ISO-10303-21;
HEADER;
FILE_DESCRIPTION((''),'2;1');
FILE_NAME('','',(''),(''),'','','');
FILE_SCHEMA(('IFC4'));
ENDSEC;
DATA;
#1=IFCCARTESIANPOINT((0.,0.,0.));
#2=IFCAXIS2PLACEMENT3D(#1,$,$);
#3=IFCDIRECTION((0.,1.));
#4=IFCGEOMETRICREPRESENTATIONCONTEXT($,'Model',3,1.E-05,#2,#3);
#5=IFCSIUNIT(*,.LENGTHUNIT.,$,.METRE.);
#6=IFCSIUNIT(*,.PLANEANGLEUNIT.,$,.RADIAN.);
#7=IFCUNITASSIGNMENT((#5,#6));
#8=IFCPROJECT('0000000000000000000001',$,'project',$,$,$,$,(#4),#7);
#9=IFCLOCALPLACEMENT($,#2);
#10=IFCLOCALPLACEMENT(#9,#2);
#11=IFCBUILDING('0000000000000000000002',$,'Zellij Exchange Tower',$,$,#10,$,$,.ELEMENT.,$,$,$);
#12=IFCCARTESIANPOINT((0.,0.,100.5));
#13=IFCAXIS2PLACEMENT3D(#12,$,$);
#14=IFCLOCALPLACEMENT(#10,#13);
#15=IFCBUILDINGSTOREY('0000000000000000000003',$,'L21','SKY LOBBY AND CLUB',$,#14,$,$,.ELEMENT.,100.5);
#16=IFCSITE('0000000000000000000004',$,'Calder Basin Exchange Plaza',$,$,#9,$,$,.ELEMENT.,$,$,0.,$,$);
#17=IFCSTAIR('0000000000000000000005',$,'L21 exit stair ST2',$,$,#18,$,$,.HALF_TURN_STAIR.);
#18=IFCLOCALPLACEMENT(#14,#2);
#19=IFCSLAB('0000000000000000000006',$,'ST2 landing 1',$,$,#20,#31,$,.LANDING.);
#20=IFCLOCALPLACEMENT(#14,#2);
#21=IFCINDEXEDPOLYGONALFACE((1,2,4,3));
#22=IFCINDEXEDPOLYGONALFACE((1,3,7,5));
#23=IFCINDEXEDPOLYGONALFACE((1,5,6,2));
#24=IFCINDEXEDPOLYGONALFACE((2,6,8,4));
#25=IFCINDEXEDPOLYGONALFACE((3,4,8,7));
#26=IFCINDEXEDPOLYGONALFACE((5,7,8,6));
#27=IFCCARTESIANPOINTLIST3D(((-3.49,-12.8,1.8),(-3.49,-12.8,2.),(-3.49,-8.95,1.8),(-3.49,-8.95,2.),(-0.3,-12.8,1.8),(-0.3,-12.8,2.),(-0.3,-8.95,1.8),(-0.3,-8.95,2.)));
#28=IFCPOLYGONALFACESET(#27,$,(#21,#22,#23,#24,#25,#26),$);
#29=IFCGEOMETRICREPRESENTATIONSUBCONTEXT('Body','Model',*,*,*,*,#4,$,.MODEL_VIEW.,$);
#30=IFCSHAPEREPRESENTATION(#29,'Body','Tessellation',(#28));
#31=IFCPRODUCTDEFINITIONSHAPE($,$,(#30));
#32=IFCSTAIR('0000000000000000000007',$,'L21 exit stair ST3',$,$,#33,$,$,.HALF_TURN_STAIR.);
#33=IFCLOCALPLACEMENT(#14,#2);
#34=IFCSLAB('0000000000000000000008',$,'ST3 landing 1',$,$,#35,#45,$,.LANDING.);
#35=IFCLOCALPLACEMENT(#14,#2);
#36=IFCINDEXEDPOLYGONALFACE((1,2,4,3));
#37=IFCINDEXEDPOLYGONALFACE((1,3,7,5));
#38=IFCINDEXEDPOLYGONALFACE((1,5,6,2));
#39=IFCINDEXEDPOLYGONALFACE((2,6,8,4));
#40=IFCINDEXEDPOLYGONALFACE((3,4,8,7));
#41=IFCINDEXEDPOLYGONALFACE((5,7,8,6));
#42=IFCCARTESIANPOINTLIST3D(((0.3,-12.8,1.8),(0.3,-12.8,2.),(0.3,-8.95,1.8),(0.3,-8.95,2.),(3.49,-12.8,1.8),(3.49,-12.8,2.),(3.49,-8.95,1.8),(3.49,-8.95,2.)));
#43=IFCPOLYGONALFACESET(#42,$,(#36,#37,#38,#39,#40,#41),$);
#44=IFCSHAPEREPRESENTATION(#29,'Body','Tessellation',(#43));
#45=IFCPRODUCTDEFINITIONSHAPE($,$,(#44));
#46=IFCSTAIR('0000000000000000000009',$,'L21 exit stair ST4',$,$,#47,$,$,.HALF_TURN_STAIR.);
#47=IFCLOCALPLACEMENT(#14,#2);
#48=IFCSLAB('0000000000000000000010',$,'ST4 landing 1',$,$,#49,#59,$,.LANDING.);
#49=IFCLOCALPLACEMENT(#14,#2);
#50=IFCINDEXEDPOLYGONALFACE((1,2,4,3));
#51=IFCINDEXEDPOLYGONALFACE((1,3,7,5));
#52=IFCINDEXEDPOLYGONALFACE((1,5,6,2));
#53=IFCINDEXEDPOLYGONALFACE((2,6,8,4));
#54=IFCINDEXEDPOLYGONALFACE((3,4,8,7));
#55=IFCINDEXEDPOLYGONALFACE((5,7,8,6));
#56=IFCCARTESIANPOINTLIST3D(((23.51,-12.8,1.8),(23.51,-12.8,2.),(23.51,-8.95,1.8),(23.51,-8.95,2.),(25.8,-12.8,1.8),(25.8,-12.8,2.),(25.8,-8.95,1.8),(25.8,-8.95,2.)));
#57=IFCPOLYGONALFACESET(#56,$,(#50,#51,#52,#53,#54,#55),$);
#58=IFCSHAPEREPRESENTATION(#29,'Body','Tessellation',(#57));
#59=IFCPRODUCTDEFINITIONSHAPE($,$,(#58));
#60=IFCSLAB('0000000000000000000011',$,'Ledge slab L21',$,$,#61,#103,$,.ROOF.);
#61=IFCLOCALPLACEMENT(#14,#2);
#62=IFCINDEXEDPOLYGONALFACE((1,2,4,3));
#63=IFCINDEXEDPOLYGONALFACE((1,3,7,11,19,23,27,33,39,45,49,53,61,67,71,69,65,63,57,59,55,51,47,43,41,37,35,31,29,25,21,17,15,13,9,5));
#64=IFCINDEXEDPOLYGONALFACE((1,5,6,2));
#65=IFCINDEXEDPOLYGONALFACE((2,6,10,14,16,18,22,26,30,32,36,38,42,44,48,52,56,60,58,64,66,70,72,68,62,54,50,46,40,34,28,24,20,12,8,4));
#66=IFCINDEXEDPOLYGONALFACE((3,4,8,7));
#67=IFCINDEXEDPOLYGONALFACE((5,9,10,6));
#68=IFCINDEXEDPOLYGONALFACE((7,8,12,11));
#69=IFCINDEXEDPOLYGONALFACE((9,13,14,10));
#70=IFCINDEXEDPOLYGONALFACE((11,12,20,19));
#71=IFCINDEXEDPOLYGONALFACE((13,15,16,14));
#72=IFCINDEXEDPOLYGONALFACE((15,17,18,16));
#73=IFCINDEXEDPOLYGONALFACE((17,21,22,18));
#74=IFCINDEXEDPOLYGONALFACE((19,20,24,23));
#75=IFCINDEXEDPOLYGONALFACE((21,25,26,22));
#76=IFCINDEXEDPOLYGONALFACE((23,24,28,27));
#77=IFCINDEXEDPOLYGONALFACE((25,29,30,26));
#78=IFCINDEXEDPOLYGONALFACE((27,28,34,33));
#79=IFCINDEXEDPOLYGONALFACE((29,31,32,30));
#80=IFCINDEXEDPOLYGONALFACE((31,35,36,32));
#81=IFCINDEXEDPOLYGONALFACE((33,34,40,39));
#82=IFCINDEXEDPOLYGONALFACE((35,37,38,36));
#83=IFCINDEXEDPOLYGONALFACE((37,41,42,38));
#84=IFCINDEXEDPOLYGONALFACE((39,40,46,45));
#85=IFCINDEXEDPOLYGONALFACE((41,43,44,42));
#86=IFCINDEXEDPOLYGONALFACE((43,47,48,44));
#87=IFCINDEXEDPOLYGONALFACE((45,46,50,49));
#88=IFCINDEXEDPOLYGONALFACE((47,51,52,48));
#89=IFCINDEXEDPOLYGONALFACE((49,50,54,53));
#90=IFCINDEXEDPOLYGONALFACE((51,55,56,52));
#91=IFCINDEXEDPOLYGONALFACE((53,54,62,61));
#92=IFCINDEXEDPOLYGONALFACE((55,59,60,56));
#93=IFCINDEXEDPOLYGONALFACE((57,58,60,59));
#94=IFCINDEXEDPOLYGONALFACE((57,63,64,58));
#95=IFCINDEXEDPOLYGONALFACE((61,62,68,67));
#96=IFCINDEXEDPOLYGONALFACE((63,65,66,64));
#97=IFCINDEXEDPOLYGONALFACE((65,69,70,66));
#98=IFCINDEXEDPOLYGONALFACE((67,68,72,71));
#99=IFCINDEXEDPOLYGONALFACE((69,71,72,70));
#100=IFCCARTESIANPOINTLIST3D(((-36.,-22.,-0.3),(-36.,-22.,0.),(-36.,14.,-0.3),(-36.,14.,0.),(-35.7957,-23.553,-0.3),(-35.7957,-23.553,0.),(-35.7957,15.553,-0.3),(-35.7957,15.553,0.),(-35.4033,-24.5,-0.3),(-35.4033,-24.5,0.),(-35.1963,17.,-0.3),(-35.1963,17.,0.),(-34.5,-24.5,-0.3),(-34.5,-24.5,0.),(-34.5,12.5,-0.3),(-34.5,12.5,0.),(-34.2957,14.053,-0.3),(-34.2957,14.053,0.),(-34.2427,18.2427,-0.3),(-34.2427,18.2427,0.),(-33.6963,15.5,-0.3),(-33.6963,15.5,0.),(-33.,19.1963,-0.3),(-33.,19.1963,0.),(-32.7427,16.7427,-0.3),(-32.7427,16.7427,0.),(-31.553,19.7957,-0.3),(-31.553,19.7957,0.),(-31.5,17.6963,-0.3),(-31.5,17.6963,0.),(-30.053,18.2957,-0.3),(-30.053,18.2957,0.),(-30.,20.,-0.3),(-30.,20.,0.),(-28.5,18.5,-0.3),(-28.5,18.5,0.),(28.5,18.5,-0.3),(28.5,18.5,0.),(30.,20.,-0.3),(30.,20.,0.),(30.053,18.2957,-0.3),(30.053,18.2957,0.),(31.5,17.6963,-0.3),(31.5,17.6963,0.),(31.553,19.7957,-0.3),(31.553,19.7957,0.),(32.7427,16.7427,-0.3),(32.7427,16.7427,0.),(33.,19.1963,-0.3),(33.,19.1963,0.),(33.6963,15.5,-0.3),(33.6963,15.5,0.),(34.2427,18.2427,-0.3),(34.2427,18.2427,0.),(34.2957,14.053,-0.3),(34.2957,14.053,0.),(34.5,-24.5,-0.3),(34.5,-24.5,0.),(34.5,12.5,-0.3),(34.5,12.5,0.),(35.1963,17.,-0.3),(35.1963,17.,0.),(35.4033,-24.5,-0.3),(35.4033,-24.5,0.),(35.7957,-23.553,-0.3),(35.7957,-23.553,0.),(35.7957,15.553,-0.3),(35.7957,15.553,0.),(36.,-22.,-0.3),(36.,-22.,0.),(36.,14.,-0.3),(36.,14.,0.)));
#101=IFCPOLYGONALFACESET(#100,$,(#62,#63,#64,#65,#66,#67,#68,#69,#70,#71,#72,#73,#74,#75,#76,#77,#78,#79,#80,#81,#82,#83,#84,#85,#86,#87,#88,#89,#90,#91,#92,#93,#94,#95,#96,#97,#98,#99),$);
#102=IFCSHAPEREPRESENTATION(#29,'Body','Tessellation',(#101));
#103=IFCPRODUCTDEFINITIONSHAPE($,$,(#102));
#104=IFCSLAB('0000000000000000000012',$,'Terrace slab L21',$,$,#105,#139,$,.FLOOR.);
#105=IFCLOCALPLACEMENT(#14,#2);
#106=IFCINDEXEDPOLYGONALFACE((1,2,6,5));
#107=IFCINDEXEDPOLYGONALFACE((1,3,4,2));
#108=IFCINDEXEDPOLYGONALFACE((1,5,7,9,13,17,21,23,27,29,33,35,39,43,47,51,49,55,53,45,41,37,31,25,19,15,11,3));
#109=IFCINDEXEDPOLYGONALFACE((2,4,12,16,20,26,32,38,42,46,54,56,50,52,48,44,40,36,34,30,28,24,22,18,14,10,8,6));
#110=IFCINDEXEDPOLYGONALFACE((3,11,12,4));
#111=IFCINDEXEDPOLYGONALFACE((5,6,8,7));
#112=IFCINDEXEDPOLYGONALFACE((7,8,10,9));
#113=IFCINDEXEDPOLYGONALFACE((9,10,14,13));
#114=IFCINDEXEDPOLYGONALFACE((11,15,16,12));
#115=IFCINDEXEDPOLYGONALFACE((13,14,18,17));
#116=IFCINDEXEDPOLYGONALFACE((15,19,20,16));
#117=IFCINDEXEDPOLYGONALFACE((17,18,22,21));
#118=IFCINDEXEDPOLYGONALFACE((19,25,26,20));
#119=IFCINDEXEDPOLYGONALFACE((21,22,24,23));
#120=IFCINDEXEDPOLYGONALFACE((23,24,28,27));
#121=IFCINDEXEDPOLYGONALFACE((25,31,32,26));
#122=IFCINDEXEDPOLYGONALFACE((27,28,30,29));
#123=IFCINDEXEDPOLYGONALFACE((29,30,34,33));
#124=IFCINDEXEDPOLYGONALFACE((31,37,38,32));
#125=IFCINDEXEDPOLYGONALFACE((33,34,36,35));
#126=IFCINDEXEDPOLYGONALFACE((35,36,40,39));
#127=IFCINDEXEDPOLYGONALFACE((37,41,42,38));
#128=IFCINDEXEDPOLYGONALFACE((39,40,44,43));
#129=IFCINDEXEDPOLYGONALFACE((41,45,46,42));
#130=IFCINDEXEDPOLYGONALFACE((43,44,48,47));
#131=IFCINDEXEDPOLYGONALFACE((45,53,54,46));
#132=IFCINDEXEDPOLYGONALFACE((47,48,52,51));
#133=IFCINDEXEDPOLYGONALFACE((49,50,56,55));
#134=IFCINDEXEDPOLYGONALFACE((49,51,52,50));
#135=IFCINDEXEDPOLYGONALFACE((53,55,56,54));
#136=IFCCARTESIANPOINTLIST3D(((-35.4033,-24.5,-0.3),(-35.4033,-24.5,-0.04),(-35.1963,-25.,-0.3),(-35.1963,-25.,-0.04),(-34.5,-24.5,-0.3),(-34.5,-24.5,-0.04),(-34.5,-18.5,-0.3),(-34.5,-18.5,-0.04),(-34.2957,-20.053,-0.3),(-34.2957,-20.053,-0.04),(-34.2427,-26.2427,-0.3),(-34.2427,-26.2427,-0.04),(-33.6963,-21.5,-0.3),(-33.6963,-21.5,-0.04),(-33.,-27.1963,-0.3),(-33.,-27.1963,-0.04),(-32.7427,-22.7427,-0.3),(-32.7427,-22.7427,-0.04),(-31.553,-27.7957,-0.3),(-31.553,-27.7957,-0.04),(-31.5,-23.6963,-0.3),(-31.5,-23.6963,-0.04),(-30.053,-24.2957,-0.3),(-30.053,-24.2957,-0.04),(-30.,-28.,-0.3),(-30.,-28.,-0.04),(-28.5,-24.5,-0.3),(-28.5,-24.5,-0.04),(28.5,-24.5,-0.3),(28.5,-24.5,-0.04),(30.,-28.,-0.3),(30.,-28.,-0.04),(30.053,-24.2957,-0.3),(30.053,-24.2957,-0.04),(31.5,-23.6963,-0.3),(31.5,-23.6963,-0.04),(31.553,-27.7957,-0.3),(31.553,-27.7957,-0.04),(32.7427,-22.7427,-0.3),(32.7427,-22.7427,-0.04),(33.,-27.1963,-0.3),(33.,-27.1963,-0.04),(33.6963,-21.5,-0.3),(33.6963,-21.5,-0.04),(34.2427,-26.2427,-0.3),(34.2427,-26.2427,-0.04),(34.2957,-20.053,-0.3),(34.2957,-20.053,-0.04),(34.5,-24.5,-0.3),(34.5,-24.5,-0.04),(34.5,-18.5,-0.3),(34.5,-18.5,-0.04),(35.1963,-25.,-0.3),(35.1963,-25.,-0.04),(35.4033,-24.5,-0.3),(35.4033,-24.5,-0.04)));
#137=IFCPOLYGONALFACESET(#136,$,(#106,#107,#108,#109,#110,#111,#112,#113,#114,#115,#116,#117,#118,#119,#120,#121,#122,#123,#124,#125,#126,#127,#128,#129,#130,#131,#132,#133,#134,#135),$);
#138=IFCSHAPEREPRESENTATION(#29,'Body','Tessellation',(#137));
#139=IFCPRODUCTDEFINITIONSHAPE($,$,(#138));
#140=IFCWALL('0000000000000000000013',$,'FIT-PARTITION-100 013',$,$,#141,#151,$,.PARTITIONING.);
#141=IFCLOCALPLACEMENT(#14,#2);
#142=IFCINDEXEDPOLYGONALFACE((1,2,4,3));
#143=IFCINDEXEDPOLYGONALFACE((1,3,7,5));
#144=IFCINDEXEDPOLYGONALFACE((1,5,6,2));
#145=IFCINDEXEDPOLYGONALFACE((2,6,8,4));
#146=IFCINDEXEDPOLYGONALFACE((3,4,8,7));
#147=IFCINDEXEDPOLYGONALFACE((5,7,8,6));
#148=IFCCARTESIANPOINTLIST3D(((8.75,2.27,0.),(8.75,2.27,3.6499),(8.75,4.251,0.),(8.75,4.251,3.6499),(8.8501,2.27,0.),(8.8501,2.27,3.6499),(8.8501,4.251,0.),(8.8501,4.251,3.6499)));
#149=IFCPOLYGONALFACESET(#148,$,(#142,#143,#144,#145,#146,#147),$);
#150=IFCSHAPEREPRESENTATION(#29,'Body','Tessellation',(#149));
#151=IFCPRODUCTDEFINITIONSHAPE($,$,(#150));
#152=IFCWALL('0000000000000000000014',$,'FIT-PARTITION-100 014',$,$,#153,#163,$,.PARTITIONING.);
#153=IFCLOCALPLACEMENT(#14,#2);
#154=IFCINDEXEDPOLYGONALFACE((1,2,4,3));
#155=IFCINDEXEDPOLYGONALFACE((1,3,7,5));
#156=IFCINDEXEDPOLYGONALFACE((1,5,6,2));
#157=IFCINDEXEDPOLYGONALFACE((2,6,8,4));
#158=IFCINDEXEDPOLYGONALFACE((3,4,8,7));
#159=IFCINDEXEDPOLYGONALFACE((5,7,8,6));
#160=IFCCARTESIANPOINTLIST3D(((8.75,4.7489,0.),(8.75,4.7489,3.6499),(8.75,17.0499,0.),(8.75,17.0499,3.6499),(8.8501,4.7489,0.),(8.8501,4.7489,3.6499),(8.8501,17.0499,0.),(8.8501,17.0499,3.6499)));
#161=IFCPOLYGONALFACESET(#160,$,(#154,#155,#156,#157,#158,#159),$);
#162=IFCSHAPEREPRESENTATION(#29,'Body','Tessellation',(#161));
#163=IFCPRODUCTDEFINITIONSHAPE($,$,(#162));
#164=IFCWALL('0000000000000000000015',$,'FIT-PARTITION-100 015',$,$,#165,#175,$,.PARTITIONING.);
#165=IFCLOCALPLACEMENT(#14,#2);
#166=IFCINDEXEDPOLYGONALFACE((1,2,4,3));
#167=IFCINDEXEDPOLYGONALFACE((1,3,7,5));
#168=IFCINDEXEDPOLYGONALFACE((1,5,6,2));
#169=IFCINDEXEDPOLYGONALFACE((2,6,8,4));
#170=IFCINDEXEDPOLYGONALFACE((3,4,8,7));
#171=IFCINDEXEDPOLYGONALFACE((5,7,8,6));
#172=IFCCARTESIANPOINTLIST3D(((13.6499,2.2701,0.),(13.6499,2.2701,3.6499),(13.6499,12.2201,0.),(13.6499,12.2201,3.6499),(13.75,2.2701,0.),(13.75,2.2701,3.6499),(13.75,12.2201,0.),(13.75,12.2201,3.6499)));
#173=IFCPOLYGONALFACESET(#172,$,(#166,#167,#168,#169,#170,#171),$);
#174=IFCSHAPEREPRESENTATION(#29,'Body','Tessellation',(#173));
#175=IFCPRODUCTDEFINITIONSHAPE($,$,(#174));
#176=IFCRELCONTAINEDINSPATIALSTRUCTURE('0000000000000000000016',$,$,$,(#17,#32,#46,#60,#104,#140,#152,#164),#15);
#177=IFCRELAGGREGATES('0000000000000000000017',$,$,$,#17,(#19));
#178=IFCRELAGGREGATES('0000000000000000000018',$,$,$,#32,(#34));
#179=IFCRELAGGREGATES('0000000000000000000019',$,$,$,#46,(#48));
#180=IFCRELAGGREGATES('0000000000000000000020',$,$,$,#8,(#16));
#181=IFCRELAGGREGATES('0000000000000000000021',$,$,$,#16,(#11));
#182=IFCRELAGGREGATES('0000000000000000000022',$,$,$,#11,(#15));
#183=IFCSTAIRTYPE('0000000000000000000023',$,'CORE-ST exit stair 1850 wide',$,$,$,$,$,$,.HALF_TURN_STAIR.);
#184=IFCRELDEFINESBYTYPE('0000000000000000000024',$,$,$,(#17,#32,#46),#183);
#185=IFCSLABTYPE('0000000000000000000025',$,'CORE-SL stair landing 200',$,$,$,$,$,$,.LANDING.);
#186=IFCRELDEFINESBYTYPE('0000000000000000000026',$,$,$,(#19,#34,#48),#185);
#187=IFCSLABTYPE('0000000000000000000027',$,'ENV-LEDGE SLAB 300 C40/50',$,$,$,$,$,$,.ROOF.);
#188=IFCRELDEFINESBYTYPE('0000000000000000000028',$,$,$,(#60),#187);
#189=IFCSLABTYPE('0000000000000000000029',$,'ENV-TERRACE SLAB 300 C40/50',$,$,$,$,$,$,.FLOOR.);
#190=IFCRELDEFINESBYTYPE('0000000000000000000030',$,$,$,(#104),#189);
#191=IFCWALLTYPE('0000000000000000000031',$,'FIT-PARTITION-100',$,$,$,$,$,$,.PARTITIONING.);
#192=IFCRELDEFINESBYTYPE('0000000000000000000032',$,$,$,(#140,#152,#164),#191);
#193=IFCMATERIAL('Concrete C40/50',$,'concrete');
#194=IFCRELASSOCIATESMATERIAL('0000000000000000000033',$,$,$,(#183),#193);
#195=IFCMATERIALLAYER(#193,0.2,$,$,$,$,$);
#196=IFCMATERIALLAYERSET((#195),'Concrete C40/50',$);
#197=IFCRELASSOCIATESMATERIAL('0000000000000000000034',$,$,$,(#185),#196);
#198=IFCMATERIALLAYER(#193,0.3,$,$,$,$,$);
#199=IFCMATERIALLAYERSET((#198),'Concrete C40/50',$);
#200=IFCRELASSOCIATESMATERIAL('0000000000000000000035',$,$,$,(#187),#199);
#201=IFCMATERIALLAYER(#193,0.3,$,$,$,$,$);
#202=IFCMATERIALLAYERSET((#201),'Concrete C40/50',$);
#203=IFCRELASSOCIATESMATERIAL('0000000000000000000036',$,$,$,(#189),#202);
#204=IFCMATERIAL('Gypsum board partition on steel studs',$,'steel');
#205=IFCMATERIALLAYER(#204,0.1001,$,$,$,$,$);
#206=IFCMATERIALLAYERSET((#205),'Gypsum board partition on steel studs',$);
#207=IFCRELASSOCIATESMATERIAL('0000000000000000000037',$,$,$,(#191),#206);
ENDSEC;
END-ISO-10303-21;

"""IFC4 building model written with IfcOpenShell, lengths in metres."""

from ifc_helpers import new_model, si_unit, direction, frame, frame_2d, origin, place, context, subcontext, project, spatial, polyline, rectangle, outline, extrude, material, layer, layer_set, type_object, element, aggregate, save


model = new_model("IFC4")

# Units and contexts
model_context = context("Model", 3, precision=1e-05, world=origin(), true_north=direction((0.0, 1.0)))
body_context = subcontext(model_context, "Body", "Model", "MODEL_VIEW")
ifc_project = project(units=[si_unit("LENGTHUNIT", "METRE"), si_unit("PLANEANGLEUNIT", "RADIAN")], contexts=[model_context])

# Site, building, storey
site_placement = place(None, origin())
site = spatial("IfcSite", under=ifc_project, at=site_placement, Name="Calder Basin Exchange Plaza", CompositionType="ELEMENT", RefElevation=0.0)
building_placement = place(site_placement, origin())
building = spatial("IfcBuilding", under=site, at=building_placement, Name="Zellij Exchange Tower", CompositionType="ELEMENT")
storey_placement = place(building_placement, frame((0.0, 0.0, 100.5)))
storey = spatial("IfcBuildingStorey", under=building, at=storey_placement, Name="L21", Description="SKY LOBBY AND CLUB", CompositionType="ELEMENT", Elevation=100.5)

# Stairs, slabs
ifc_material_1 = material(Name="Concrete C40/50", Category="concrete")
stair_type = type_object("IfcStairType", Name="CORE-ST exit stair 1850 wide", PredefinedType="HALF_TURN_STAIR", material=ifc_material_1)
ifc_layer_1 = layer(ifc_material_1, 0.2)
ifc_layer_set_1 = layer_set([ifc_layer_1], Name="Concrete C40/50")
slab_type_1 = type_object("IfcSlabType", Name="CORE-SL stair landing 200", PredefinedType="LANDING", material=ifc_layer_set_1)
stair_1_placement = place(storey_placement, origin())
stair_1 = element("IfcStair", 1, at=stair_1_placement, inside=storey, type_object=stair_type, Name="L21 exit stair ST2", PredefinedType="HALF_TURN_STAIR")
slab_1_placement = place(storey_placement, frame((0.0, 0.0, 1.8)))
slab_1 = element("IfcSlab", 2, at=slab_1_placement, type_object=slab_type_1, Name="ST2 landing 1", PredefinedType="LANDING", context=body_context, shape_type="SweptSolid", body=[
    extrude(outline(polyline([(-3.49, -12.8), (-0.3, -12.8), (-0.3, -8.95), (-3.49, -8.95), (-3.49, -12.8)])), origin(), (0.0, 0.0, 1.0), 0.2),
])
aggregate(stair_1, [slab_1])
stair_2_placement = place(storey_placement, origin())
stair_2 = element("IfcStair", 3, at=stair_2_placement, inside=storey, type_object=stair_type, Name="L21 exit stair ST3", PredefinedType="HALF_TURN_STAIR")
slab_2_placement = place(storey_placement, frame((0.0, 0.0, 1.8)))
slab_2 = element("IfcSlab", 4, at=slab_2_placement, type_object=slab_type_1, Name="ST3 landing 1", PredefinedType="LANDING", context=body_context, shape_type="SweptSolid", body=[
    extrude(outline(polyline([(3.49, -8.95), (0.3, -8.95), (0.3, -12.8), (3.49, -12.8), (3.49, -8.95)])), origin(), (0.0, 0.0, 1.0), 0.2),
])
aggregate(stair_2, [slab_2])
stair_3_placement = place(storey_placement, origin())
stair_3 = element("IfcStair", 5, at=stair_3_placement, inside=storey, type_object=stair_type, Name="L21 exit stair ST4", PredefinedType="HALF_TURN_STAIR")
slab_3_placement = place(storey_placement, frame((0.0, 0.0, 1.8)))
slab_3 = element("IfcSlab", 6, at=slab_3_placement, type_object=slab_type_1, Name="ST4 landing 1", PredefinedType="LANDING", context=body_context, shape_type="SweptSolid", body=[
    extrude(outline(polyline([(23.51, -12.8), (25.8, -12.8), (25.8, -8.95), (23.51, -8.95), (23.51, -12.8)])), origin(), (0.0, 0.0, 1.0), 0.2),
])
aggregate(stair_3, [slab_3])

# Slabs
ifc_layer_2 = layer(ifc_material_1, 0.3)
ifc_layer_set_2 = layer_set([ifc_layer_2], Name="Concrete C40/50")
slab_type_2 = type_object("IfcSlabType", Name="ENV-LEDGE SLAB 300 C40/50", PredefinedType="ROOF", material=ifc_layer_set_2)
slab_4_placement = place(storey_placement, frame((0.0, 0.0, -0.3)))
element("IfcSlab", 7, at=slab_4_placement, inside=storey, type_object=slab_type_2, Name="Ledge slab L21", PredefinedType="ROOF", context=body_context, shape_type="SweptSolid", body=[
    extrude(outline(polyline([(-36.0, -22.0), (-35.7957, -23.553), (-35.4033, -24.5), (-34.5, -24.5), (-34.5, 12.5), (-34.2957, 14.053), (-33.6963, 15.5), (-32.7427, 16.7427), (-31.5, 17.6963), (-30.053, 18.2957), (-28.5, 18.5), (28.5, 18.5), (30.053, 18.2957), (31.5, 17.6963), (32.7427, 16.7427), (33.6963, 15.5), (34.2957, 14.053), (34.5, 12.5), (34.5, -24.5), (35.4033, -24.5), (35.7957, -23.553), (36.0, -22.0), (36.0, 14.0), (35.7957, 15.553), (35.1963, 17.0), (34.2427, 18.2427), (33.0, 19.1963), (31.553, 19.7957), (30.0, 20.0), (-30.0, 20.0), (-31.553, 19.7957), (-33.0, 19.1963), (-34.2427, 18.2427), (-35.1963, 17.0), (-35.7957, 15.553), (-36.0, 14.0), (-36.0, -22.0)])), origin(), (0.0, 0.0, 1.0), 0.3),
])
ifc_layer_3 = layer(ifc_material_1, 0.3)
ifc_layer_set_3 = layer_set([ifc_layer_3], Name="Concrete C40/50")
slab_type_3 = type_object("IfcSlabType", Name="ENV-TERRACE SLAB 300 C40/50", PredefinedType="FLOOR", material=ifc_layer_set_3)
slab_5_placement = place(storey_placement, frame((0.0, 0.0, -0.3)))
element("IfcSlab", 8, at=slab_5_placement, inside=storey, type_object=slab_type_3, Name="Terrace slab L21", PredefinedType="FLOOR", context=body_context, shape_type="SweptSolid", body=[
    extrude(outline(polyline([(-34.2427, -26.2427), (-33.0, -27.1963), (-31.553, -27.7957), (-30.0, -28.0), (30.0, -28.0), (31.553, -27.7957), (33.0, -27.1963), (34.2427, -26.2427), (35.1963, -25.0), (35.4033, -24.5), (34.5, -24.5), (34.5, -18.5), (34.2957, -20.053), (33.6963, -21.5), (32.7427, -22.7427), (31.5, -23.6963), (30.053, -24.2957), (28.5, -24.5), (-28.5, -24.5), (-30.053, -24.2957), (-31.5, -23.6963), (-32.7427, -22.7427), (-33.6963, -21.5), (-34.2957, -20.053), (-34.5, -18.5), (-34.5, -24.5), (-35.4033, -24.5), (-35.1963, -25.0), (-34.2427, -26.2427)])), origin(), (0.0, 0.0, 1.0), 0.26),
])

# Walls
ifc_material_2 = material(Name="Gypsum board partition on steel studs", Category="steel")
ifc_layer_4 = layer(ifc_material_2, 0.1001)
ifc_layer_set_4 = layer_set([ifc_layer_4], Name="Gypsum board partition on steel studs")
wall_type = type_object("IfcWallType", Name="FIT-PARTITION-100", PredefinedType="PARTITIONING", material=ifc_layer_set_4)
wall_1_placement = place(storey_placement, frame((8.8, 2.27, 0.0), z_axis=(0.0, 0.0, 1.0), x_axis=(0.0, 1.0, 0.0)))
element("IfcWall", 9, at=wall_1_placement, inside=storey, type_object=wall_type, Name="FIT-PARTITION-100 013", PredefinedType="PARTITIONING", context=body_context, shape_type="SweptSolid", body=[
    extrude(rectangle(XDim=1.981, YDim=0.1001, at=frame_2d((0.9905, 0.0))), origin(), (0.0, 0.0, 1.0), 3.6499),
])
wall_2_placement = place(storey_placement, frame((8.8, 4.749, 0.0), z_axis=(0.0, 0.0, 1.0), x_axis=(0.0, 1.0, 0.0)))
element("IfcWall", 10, at=wall_2_placement, inside=storey, type_object=wall_type, Name="FIT-PARTITION-100 014", PredefinedType="PARTITIONING", context=body_context, shape_type="SweptSolid", body=[
    extrude(rectangle(XDim=12.301, YDim=0.1001, at=frame_2d((6.1504, 0.0))), origin(), (0.0, 0.0, 1.0), 3.6499),
])
wall_3_placement = place(storey_placement, frame((13.7, 2.27, 0.0), z_axis=(0.0, 0.0, 1.0), x_axis=(0.0, 1.0, 0.0)))
element("IfcWall", 11, at=wall_3_placement, inside=storey, type_object=wall_type, Name="FIT-PARTITION-100 015", PredefinedType="PARTITIONING", context=body_context, shape_type="SweptSolid", body=[
    extrude(rectangle(XDim=9.95, YDim=0.1001, at=frame_2d((4.9751, 0.0))), origin(), (0.0, 0.0, 1.0), 3.6499),
])

save(model, "model.ifc")
